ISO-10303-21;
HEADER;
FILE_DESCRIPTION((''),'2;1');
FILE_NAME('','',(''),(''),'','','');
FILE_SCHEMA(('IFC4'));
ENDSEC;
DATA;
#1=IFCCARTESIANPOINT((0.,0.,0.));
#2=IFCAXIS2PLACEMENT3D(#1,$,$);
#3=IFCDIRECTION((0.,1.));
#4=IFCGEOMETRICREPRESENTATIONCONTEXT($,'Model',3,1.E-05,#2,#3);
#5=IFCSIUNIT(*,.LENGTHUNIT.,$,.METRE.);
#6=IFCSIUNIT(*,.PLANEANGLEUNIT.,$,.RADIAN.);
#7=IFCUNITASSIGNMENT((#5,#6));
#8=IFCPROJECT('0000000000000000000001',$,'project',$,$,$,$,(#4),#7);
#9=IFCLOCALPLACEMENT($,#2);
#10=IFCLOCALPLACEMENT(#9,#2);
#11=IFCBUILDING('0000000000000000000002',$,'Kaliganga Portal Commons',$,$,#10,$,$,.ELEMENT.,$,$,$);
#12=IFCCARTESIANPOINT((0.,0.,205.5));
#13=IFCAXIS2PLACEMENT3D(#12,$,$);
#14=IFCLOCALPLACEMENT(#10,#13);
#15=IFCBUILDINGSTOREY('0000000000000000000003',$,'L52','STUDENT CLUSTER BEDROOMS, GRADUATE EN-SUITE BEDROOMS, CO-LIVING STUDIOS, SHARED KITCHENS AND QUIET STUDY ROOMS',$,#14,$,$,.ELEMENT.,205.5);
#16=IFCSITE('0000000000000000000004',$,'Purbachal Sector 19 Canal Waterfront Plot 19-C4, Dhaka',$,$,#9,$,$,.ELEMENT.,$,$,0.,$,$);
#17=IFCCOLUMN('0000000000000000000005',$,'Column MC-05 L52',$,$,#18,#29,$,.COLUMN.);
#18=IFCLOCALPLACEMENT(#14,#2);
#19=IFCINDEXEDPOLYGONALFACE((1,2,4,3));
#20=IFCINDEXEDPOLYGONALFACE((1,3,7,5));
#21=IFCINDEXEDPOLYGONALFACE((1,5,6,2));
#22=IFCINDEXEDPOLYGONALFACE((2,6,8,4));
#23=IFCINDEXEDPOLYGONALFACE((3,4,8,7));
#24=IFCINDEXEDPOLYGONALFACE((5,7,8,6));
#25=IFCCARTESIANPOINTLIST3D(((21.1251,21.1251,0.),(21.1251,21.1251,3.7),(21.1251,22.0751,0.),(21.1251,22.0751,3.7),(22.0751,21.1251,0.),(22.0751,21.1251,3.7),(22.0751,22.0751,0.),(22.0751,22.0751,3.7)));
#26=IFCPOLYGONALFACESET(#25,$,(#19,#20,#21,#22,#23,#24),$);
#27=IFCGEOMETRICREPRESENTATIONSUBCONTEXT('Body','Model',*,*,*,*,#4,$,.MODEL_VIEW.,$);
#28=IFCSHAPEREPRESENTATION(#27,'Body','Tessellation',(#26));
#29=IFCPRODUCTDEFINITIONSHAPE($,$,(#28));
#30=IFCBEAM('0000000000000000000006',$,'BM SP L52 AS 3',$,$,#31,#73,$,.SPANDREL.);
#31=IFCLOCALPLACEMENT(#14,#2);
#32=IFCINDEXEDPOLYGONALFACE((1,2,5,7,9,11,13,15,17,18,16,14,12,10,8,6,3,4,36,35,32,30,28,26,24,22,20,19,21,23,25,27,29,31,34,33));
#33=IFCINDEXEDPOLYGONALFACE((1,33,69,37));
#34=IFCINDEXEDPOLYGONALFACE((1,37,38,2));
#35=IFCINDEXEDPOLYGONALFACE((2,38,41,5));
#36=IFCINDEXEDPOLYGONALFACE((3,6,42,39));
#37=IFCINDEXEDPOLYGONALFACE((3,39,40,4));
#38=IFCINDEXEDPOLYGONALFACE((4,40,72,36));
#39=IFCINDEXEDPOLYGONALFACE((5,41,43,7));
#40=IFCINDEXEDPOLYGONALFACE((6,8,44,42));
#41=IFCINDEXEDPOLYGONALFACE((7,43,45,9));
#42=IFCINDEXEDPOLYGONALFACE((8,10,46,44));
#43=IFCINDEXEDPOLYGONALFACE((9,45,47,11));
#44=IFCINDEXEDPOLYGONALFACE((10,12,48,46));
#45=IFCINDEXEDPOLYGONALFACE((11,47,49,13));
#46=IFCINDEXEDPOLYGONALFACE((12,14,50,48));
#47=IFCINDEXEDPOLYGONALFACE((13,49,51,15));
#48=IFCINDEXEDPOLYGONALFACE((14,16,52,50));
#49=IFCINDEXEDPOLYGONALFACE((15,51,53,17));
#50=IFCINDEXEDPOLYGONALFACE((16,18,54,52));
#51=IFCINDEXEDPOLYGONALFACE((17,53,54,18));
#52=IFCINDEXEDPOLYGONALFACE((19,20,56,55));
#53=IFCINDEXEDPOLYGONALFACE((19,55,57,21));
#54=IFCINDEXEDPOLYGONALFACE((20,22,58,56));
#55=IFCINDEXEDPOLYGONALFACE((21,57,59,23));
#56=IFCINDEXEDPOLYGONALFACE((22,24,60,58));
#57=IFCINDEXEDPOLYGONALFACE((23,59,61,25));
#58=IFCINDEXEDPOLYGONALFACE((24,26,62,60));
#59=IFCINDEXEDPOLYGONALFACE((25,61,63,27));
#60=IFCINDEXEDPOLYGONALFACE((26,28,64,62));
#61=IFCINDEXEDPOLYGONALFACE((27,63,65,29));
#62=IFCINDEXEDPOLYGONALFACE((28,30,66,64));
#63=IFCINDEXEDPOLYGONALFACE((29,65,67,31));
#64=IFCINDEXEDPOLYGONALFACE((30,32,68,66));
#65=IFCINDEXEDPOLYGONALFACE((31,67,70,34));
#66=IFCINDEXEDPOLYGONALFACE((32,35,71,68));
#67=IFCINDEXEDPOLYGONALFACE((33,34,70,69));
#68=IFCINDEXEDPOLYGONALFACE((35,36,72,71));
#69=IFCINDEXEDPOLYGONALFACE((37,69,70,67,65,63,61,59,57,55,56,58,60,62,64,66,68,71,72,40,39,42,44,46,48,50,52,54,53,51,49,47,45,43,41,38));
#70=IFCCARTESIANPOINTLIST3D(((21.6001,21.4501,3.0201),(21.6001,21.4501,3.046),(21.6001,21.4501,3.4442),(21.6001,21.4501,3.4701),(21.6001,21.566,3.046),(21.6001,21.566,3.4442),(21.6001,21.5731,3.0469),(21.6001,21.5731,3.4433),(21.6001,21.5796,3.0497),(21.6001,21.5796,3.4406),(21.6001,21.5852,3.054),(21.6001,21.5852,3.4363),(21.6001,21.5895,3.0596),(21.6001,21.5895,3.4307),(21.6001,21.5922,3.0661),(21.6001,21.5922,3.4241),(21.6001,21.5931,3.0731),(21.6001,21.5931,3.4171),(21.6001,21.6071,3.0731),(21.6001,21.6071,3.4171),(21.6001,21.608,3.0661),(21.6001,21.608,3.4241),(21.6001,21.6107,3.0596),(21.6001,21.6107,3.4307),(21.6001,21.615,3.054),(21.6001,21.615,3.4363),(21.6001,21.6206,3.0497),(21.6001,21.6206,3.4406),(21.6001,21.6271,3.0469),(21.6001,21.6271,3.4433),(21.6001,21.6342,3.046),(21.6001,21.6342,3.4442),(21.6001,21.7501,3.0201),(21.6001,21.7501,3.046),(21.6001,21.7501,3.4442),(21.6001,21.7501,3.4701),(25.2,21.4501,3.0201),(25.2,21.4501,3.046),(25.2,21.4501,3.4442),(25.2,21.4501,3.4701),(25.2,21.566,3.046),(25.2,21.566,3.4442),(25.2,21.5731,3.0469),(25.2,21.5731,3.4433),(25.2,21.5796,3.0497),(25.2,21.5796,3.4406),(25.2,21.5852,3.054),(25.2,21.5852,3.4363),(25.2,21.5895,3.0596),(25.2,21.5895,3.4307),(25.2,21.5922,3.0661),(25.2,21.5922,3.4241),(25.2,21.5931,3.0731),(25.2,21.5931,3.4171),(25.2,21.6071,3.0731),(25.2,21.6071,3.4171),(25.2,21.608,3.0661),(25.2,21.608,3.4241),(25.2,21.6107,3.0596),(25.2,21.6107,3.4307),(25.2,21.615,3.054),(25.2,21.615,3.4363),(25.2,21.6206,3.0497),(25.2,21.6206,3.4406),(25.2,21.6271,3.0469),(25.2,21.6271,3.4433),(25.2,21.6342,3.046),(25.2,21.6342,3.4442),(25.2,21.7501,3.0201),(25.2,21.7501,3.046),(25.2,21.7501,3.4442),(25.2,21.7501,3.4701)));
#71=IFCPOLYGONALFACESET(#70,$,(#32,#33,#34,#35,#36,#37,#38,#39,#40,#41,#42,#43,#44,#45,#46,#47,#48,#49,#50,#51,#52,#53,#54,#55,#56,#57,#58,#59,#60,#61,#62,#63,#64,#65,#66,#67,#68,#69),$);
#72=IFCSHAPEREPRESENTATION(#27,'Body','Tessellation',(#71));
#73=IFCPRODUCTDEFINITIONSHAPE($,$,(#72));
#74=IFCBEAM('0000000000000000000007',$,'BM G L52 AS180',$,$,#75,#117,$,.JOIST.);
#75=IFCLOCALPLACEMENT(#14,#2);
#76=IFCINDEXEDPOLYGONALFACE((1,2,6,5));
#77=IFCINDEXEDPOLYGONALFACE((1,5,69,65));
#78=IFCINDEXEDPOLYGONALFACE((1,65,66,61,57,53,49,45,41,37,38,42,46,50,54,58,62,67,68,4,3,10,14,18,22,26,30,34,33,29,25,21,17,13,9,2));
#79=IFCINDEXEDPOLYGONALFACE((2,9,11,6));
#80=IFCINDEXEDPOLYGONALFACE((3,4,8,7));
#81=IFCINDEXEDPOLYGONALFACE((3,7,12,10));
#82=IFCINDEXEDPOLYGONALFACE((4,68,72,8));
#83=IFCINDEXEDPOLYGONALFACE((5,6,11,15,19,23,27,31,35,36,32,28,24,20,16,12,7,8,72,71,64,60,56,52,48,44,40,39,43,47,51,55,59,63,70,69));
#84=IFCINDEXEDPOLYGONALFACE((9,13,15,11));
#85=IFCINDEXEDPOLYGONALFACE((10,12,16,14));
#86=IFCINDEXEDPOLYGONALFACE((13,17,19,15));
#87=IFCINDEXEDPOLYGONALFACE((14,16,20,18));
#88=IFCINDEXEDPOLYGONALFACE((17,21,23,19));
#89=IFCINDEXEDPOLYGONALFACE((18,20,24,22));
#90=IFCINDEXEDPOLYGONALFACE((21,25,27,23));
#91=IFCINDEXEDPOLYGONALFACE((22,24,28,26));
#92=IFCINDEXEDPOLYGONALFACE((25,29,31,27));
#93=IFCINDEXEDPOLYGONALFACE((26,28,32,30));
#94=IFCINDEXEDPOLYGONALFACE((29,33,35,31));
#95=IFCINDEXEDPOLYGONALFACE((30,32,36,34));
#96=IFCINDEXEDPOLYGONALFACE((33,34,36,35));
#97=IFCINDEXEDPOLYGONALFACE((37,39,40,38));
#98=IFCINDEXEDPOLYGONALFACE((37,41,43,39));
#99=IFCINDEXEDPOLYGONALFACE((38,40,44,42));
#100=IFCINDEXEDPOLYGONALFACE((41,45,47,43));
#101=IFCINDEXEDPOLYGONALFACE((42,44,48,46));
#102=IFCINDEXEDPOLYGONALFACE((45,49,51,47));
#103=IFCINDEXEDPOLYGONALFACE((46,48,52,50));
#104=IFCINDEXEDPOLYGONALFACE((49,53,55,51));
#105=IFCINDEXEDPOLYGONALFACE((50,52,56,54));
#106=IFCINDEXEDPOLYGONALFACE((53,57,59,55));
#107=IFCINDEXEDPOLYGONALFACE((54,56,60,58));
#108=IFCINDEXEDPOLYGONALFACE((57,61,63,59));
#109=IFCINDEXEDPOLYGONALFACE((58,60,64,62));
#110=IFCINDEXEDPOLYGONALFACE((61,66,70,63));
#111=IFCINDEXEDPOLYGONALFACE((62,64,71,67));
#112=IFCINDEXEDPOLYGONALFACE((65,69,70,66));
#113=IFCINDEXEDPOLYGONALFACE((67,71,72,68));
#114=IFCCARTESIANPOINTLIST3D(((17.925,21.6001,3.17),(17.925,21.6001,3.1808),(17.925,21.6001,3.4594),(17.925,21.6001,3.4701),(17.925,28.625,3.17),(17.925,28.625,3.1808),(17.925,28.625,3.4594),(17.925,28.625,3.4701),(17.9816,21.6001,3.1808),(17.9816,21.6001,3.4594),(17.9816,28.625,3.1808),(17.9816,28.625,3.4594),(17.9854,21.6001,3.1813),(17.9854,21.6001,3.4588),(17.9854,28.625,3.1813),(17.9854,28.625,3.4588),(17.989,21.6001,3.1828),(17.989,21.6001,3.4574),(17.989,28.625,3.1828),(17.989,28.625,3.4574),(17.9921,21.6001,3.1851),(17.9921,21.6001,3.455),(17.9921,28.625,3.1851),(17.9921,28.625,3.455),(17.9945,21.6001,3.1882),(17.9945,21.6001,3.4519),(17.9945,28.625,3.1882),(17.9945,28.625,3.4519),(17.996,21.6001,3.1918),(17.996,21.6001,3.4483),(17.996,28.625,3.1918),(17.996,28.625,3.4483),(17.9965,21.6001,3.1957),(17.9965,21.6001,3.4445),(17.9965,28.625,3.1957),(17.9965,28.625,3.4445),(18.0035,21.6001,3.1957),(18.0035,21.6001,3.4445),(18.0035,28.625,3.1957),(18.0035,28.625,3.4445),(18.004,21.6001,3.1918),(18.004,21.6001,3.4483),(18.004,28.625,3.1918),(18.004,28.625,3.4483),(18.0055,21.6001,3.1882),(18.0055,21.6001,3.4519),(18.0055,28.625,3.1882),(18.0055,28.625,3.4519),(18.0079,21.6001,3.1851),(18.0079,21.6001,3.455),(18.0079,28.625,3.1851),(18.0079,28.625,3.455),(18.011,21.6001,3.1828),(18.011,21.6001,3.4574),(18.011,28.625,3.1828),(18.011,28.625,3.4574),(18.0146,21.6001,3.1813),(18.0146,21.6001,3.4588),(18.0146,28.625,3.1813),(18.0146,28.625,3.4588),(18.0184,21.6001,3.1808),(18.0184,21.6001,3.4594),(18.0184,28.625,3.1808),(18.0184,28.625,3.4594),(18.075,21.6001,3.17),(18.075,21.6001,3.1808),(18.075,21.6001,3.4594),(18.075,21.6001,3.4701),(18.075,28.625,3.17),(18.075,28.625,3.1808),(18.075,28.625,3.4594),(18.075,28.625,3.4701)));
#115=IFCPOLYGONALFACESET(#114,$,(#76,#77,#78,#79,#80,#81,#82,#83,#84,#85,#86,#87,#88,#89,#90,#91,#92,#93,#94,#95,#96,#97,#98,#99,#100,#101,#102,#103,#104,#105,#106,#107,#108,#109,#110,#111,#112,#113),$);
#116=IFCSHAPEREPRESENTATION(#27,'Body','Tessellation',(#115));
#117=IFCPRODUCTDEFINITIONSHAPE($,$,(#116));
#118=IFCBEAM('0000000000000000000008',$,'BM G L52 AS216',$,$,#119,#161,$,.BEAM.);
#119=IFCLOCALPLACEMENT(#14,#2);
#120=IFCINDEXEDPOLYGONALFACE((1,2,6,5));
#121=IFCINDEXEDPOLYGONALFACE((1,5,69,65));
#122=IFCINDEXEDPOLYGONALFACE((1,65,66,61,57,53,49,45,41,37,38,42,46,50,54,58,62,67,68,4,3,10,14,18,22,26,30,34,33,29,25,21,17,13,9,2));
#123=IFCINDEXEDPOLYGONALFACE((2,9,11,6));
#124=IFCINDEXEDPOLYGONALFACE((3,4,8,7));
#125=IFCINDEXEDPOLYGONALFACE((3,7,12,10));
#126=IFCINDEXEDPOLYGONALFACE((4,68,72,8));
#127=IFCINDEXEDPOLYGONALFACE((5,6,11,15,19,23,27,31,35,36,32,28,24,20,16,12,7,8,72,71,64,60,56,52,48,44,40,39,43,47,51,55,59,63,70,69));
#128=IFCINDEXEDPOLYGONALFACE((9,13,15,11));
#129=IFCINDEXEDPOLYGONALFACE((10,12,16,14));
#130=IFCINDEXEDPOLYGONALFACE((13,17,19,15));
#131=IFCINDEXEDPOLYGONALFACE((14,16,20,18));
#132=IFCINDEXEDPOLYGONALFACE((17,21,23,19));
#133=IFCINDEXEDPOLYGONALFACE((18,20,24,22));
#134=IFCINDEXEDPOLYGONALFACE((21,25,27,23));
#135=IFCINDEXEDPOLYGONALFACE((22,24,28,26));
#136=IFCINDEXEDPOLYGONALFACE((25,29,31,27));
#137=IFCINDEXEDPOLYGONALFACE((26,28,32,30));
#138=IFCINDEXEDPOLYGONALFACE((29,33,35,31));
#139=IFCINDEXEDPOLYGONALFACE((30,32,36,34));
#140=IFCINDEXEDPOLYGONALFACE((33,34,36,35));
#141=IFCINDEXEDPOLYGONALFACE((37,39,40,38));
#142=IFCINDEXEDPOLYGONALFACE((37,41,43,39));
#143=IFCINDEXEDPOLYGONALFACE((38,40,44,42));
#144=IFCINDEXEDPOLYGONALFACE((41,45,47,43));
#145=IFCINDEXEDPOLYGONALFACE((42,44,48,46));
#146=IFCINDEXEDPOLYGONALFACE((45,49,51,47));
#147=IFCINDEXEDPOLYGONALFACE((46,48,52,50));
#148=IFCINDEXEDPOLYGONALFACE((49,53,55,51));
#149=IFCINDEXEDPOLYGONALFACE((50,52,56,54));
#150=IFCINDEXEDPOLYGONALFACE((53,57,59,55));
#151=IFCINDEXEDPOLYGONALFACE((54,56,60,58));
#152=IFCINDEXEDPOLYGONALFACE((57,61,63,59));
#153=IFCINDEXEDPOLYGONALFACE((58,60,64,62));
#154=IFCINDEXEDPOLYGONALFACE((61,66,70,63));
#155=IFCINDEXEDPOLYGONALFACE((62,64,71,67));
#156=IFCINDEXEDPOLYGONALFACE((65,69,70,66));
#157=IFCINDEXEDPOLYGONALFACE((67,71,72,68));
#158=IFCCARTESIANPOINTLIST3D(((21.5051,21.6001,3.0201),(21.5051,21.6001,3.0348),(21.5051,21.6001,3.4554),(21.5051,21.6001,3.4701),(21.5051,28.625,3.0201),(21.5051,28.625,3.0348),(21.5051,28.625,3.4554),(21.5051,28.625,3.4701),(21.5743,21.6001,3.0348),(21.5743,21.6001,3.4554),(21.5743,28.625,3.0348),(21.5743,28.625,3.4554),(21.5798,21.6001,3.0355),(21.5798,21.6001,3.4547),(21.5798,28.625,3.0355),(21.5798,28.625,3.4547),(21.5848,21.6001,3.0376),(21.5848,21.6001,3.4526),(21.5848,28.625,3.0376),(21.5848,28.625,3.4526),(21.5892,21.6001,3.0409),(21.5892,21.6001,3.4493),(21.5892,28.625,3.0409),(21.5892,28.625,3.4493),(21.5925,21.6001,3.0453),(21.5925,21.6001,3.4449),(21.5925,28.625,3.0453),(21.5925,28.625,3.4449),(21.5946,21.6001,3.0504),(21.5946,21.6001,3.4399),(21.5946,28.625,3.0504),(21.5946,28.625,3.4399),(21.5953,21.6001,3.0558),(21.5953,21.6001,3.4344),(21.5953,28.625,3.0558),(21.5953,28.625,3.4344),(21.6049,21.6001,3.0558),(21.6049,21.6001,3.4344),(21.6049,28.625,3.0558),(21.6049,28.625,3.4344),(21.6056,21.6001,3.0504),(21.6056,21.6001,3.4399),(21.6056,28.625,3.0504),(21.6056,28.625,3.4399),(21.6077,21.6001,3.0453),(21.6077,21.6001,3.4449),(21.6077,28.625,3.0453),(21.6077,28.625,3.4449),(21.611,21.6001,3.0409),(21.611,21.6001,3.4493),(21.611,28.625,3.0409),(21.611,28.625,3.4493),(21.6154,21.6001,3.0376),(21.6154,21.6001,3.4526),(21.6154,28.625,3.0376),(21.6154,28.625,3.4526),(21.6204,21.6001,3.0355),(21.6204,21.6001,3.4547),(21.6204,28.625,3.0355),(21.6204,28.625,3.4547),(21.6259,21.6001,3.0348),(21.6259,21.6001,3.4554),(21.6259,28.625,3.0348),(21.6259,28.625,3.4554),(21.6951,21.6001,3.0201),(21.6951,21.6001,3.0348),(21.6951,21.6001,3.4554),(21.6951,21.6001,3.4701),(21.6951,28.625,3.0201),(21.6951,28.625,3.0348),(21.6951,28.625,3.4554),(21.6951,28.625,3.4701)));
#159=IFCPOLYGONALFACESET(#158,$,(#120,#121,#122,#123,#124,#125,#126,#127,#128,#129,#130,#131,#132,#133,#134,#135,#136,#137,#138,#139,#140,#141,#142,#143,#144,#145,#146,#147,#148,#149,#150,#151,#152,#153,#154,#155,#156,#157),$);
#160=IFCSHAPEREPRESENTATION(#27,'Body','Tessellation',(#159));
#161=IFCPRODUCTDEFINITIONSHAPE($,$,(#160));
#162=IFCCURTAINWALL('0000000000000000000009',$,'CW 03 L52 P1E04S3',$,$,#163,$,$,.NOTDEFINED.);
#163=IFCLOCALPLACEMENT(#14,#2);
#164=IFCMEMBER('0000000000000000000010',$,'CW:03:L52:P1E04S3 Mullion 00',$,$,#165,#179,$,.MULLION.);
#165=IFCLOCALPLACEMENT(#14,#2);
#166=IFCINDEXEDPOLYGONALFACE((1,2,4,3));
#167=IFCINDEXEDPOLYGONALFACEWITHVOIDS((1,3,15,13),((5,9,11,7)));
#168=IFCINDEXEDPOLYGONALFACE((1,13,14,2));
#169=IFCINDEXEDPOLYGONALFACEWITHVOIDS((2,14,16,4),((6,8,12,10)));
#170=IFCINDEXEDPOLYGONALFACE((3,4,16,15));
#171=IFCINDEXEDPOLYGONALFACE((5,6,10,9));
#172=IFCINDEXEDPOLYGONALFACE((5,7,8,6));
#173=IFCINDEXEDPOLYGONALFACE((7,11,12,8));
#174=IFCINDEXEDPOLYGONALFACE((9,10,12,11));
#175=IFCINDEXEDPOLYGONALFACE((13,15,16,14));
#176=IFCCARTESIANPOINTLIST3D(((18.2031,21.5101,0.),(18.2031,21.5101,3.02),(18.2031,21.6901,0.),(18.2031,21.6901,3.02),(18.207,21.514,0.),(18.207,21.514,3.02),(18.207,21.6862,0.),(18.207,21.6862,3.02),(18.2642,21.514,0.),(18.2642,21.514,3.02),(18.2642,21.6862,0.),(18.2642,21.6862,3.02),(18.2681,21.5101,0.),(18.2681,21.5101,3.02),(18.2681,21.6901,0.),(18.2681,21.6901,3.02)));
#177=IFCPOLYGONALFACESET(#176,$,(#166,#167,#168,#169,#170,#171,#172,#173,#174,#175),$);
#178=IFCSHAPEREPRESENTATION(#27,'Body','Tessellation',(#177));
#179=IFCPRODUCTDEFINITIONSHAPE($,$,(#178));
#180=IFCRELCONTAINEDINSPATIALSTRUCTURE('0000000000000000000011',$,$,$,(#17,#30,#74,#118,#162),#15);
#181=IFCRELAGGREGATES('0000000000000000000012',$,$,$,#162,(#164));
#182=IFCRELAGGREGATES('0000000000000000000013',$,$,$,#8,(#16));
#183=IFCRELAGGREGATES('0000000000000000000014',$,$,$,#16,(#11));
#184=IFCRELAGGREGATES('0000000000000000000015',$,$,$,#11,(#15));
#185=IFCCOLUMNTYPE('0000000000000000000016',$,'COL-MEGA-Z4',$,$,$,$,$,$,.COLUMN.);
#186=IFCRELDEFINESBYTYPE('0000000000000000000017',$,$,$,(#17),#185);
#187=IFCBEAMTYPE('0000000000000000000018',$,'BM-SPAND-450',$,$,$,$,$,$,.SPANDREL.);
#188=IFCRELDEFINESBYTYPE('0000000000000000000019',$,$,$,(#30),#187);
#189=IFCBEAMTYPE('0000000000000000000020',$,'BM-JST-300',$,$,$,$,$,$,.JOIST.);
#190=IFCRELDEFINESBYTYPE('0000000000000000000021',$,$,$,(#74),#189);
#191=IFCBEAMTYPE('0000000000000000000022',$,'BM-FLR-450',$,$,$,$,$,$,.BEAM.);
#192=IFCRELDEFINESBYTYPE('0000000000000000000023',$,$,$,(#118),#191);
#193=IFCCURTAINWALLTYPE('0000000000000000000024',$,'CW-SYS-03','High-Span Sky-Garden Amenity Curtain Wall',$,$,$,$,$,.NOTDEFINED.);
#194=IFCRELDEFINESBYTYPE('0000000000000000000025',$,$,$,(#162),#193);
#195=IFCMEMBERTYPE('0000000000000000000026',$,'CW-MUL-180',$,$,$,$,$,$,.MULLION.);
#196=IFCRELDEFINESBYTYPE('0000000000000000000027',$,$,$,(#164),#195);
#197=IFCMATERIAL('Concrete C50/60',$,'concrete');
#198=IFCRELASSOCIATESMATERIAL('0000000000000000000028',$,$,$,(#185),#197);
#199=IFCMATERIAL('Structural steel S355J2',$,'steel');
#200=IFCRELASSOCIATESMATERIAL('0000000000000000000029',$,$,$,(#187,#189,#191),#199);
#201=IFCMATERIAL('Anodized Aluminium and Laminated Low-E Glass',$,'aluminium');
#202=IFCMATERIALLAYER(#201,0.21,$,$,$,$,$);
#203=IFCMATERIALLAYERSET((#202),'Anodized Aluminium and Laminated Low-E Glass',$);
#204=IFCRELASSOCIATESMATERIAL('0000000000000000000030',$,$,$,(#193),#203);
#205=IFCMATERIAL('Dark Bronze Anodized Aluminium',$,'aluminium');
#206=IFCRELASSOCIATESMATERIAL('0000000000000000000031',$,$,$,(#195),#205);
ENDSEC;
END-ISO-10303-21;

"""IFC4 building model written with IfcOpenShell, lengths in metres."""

from ifc_helpers import new_model, si_unit, direction, frame, origin, origin_2d, place, context, subcontext, project, spatial, rectangle, hollow_rectangle, i_section, extrude, source, transform, mapped, material, layer, layer_set, material_profile, profile_set, type_object, element, aggregate, save


model = new_model("IFC4")

# Units and contexts
model_context = context("Model", 3, precision=1e-05, world=origin(), true_north=direction((0.0, 1.0)))
body_context = subcontext(model_context, "Body", "Model", "MODEL_VIEW")
ifc_project = project(units=[si_unit("LENGTHUNIT", "METRE"), si_unit("PLANEANGLEUNIT", "RADIAN")], contexts=[model_context])

# Site, building, storey
site_placement = place(None, origin())
site = spatial("IfcSite", under=ifc_project, at=site_placement, Name="Purbachal Sector 19 Canal Waterfront Plot 19-C4, Dhaka", CompositionType="ELEMENT", RefElevation=0.0)
building_placement = place(site_placement, origin())
building = spatial("IfcBuilding", under=site, at=building_placement, Name="Kaliganga Portal Commons", CompositionType="ELEMENT")
storey_placement = place(building_placement, frame((0.0, 0.0, 205.5)))
storey = spatial("IfcBuildingStorey", under=building, at=storey_placement, Name="L52", Description="STUDENT CLUSTER BEDROOMS, GRADUATE EN-SUITE BEDROOMS, CO-LIVING STUDIOS, SHARED KITCHENS AND QUIET STUDY ROOMS", CompositionType="ELEMENT", Elevation=205.5)

# Column
ifc_material_1 = material(Name="Concrete C50/60", Category="concrete")
ifc_material_profile_1 = material_profile(ifc_material_1, rectangle(XDim=0.95, YDim=0.95, at=origin_2d()), Name="RC 950x950")
ifc_profile_set_1 = profile_set([ifc_material_profile_1], Name="Concrete C50/60")
column_type = type_object("IfcColumnType", Name="COL-MEGA-Z4", PredefinedType="COLUMN", material=ifc_profile_set_1)
shared_shape_1 = source(origin(), body_context, "Body", "SweptSolid", [
    extrude(rectangle(XDim=0.95, YDim=0.95, at=origin_2d()), origin(), (0.0, 0.0, 1.0), 3.7),
])
column_placement = place(storey_placement, frame((21.6001, 21.6001, 0.0), z_axis=(0.0, 0.0, 1.0), x_axis=(1.0, 0.0, 0.0)))
element("IfcColumn", 1, at=column_placement, inside=storey, type_object=column_type, Name="Column MC-05 L52", PredefinedType="COLUMN", context=body_context, shape_type="MappedRepresentation", body=[
    mapped(shared_shape_1, transform((0.0, 0.0, 0.0), x_axis=(1.0, 0.0, 0.0), y_axis=(0.0, 1.0, 0.0), z_axis=(0.0, 0.0, 1.0), scale=1.0)),
])

# Beams
ifc_material_2 = material(Name="Structural steel S355J2", Category="steel")
ifc_material_profile_2 = material_profile(ifc_material_2, i_section(OverallWidth=0.3, OverallDepth=0.45, WebThickness=0.0139, FlangeThickness=0.0259, FilletRadius=0.0271, at=origin_2d()), Name="HE 450 B")
ifc_profile_set_2 = profile_set([ifc_material_profile_2], Name="Structural steel S355J2 wide-flange")
beam_type_1 = type_object("IfcBeamType", Name="BM-SPAND-450", PredefinedType="SPANDREL", material=ifc_profile_set_2)
shared_shape_2 = source(origin(), body_context, "Body", "SweptSolid", [
    extrude(i_section(OverallWidth=0.3, OverallDepth=0.45, WebThickness=0.0139, FlangeThickness=0.0259, FilletRadius=0.0271, at=origin_2d()), origin(), (0.0, 0.0, 1.0), 3.5999),
])
beam_1_placement = place(storey_placement, frame((21.6001, 21.6001, 3.2451), z_axis=(1.0, 0.0, 0.0), x_axis=(0.0, 1.0, 0.0)))
element("IfcBeam", 2, at=beam_1_placement, inside=storey, type_object=beam_type_1, Name="BM SP L52 AS 3", PredefinedType="SPANDREL", context=body_context, shape_type="MappedRepresentation", body=[
    mapped(shared_shape_2, transform((0.0, 0.0, 0.0), x_axis=(1.0, 0.0, 0.0), y_axis=(0.0, 1.0, 0.0), z_axis=(0.0, 0.0, 1.0), scale=1.0)),
])
ifc_material_profile_3 = material_profile(ifc_material_2, i_section(OverallWidth=0.1499, OverallDepth=0.3, WebThickness=0.0071, FlangeThickness=0.0107, FilletRadius=0.0149, at=origin_2d()), Name="IPE 300")
ifc_profile_set_3 = profile_set([ifc_material_profile_3], Name="Structural steel S355J2 wide-flange")
beam_type_2 = type_object("IfcBeamType", Name="BM-JST-300", PredefinedType="JOIST", material=ifc_profile_set_3)
shared_shape_3 = source(origin(), body_context, "Body", "SweptSolid", [
    extrude(i_section(OverallWidth=0.1499, OverallDepth=0.3, WebThickness=0.0071, FlangeThickness=0.0107, FilletRadius=0.0149, at=origin_2d()), origin(), (0.0, 0.0, 1.0), 7.0249),
])
beam_2_placement = place(storey_placement, frame((18.0, 21.6001, 3.3201), z_axis=(0.0, 1.0, 0.0), x_axis=(-1.0, 0.0, 0.0)))
element("IfcBeam", 3, at=beam_2_placement, inside=storey, type_object=beam_type_2, Name="BM G L52 AS180", PredefinedType="JOIST", context=body_context, shape_type="MappedRepresentation", body=[
    mapped(shared_shape_3, transform((0.0, 0.0, 0.0), x_axis=(1.0, 0.0, 0.0), y_axis=(0.0, 1.0, 0.0), z_axis=(0.0, 0.0, 1.0), scale=1.0)),
])
ifc_material_profile_4 = material_profile(ifc_material_2, i_section(OverallWidth=0.1899, OverallDepth=0.45, WebThickness=0.0095, FlangeThickness=0.0146, FilletRadius=0.021, at=origin_2d()), Name="IPE 450")
ifc_profile_set_4 = profile_set([ifc_material_profile_4], Name="Structural steel S355J2 wide-flange")
beam_type_3 = type_object("IfcBeamType", Name="BM-FLR-450", PredefinedType="BEAM", material=ifc_profile_set_4)
shared_shape_4 = source(origin(), body_context, "Body", "SweptSolid", [
    extrude(i_section(OverallWidth=0.1899, OverallDepth=0.45, WebThickness=0.0095, FlangeThickness=0.0146, FilletRadius=0.021, at=origin_2d()), origin(), (0.0, 0.0, 1.0), 7.0249),
])
beam_3_placement = place(storey_placement, frame((21.6001, 21.6001, 3.2451), z_axis=(0.0, 1.0, 0.0), x_axis=(-1.0, 0.0, 0.0)))
element("IfcBeam", 4, at=beam_3_placement, inside=storey, type_object=beam_type_3, Name="BM G L52 AS216", PredefinedType="BEAM", context=body_context, shape_type="MappedRepresentation", body=[
    mapped(shared_shape_4, transform((0.0, 0.0, 0.0), x_axis=(1.0, 0.0, 0.0), y_axis=(0.0, 1.0, 0.0), z_axis=(0.0, 0.0, 1.0), scale=1.0)),
])

# Curtain wall, member
ifc_material_3 = material(Name="Anodized Aluminium and Laminated Low-E Glass", Category="aluminium")
ifc_layer_1 = layer(ifc_material_3, 0.21)
ifc_layer_set_1 = layer_set([ifc_layer_1], Name="Anodized Aluminium and Laminated Low-E Glass")
curtain_wall_type = type_object("IfcCurtainWallType", Name="CW-SYS-03", Description="High-Span Sky-Garden Amenity Curtain Wall", PredefinedType="NOTDEFINED", material=ifc_layer_set_1)
curtain_wall_1_placement = place(storey_placement, origin())
curtain_wall_1 = element("IfcCurtainWall", 5, at=curtain_wall_1_placement, inside=storey, type_object=curtain_wall_type, Name="CW 03 L52 P1E04S3", PredefinedType="NOTDEFINED")
ifc_material_4 = material(Name="Dark Bronze Anodized Aluminium", Category="aluminium")
ifc_material_profile_5 = material_profile(ifc_material_4, hollow_rectangle(XDim=0.0649, YDim=0.1799, WallThickness=0.0039, at=origin_2d()), Name="ALU MULL 65x180x4")
ifc_profile_set_5 = profile_set([ifc_material_profile_5], Name="Dark Bronze Anodized Aluminium")
member_type_1 = type_object("IfcMemberType", Name="CW-MUL-180", PredefinedType="MULLION", material=ifc_profile_set_5)
shared_shape_5 = source(origin(), body_context, "Body", "SweptSolid", [
    extrude(hollow_rectangle(XDim=0.0649, YDim=0.1799, WallThickness=0.0039, at=origin_2d()), origin(), (0.0, 0.0, 1.0), 3.02),
])
member_1_placement = place(storey_placement, frame((18.2356, 21.6001, 0.0), z_axis=(0.0, 0.0, 1.0), x_axis=(1.0, 0.0, 0.0)))
member_1 = element("IfcMember", 6, at=member_1_placement, type_object=member_type_1, Name="CW:03:L52:P1E04S3 Mullion 00", PredefinedType="MULLION", context=body_context, shape_type="MappedRepresentation", body=[
    mapped(shared_shape_5, transform((0.0, 0.0, 0.0), x_axis=(1.0, 0.0, 0.0), y_axis=(0.0, 1.0, 0.0), z_axis=(0.0, 0.0, 1.0), scale=1.0)),
])

aggregate(curtain_wall_1, [member_1])

save(model, "model.ifc")
